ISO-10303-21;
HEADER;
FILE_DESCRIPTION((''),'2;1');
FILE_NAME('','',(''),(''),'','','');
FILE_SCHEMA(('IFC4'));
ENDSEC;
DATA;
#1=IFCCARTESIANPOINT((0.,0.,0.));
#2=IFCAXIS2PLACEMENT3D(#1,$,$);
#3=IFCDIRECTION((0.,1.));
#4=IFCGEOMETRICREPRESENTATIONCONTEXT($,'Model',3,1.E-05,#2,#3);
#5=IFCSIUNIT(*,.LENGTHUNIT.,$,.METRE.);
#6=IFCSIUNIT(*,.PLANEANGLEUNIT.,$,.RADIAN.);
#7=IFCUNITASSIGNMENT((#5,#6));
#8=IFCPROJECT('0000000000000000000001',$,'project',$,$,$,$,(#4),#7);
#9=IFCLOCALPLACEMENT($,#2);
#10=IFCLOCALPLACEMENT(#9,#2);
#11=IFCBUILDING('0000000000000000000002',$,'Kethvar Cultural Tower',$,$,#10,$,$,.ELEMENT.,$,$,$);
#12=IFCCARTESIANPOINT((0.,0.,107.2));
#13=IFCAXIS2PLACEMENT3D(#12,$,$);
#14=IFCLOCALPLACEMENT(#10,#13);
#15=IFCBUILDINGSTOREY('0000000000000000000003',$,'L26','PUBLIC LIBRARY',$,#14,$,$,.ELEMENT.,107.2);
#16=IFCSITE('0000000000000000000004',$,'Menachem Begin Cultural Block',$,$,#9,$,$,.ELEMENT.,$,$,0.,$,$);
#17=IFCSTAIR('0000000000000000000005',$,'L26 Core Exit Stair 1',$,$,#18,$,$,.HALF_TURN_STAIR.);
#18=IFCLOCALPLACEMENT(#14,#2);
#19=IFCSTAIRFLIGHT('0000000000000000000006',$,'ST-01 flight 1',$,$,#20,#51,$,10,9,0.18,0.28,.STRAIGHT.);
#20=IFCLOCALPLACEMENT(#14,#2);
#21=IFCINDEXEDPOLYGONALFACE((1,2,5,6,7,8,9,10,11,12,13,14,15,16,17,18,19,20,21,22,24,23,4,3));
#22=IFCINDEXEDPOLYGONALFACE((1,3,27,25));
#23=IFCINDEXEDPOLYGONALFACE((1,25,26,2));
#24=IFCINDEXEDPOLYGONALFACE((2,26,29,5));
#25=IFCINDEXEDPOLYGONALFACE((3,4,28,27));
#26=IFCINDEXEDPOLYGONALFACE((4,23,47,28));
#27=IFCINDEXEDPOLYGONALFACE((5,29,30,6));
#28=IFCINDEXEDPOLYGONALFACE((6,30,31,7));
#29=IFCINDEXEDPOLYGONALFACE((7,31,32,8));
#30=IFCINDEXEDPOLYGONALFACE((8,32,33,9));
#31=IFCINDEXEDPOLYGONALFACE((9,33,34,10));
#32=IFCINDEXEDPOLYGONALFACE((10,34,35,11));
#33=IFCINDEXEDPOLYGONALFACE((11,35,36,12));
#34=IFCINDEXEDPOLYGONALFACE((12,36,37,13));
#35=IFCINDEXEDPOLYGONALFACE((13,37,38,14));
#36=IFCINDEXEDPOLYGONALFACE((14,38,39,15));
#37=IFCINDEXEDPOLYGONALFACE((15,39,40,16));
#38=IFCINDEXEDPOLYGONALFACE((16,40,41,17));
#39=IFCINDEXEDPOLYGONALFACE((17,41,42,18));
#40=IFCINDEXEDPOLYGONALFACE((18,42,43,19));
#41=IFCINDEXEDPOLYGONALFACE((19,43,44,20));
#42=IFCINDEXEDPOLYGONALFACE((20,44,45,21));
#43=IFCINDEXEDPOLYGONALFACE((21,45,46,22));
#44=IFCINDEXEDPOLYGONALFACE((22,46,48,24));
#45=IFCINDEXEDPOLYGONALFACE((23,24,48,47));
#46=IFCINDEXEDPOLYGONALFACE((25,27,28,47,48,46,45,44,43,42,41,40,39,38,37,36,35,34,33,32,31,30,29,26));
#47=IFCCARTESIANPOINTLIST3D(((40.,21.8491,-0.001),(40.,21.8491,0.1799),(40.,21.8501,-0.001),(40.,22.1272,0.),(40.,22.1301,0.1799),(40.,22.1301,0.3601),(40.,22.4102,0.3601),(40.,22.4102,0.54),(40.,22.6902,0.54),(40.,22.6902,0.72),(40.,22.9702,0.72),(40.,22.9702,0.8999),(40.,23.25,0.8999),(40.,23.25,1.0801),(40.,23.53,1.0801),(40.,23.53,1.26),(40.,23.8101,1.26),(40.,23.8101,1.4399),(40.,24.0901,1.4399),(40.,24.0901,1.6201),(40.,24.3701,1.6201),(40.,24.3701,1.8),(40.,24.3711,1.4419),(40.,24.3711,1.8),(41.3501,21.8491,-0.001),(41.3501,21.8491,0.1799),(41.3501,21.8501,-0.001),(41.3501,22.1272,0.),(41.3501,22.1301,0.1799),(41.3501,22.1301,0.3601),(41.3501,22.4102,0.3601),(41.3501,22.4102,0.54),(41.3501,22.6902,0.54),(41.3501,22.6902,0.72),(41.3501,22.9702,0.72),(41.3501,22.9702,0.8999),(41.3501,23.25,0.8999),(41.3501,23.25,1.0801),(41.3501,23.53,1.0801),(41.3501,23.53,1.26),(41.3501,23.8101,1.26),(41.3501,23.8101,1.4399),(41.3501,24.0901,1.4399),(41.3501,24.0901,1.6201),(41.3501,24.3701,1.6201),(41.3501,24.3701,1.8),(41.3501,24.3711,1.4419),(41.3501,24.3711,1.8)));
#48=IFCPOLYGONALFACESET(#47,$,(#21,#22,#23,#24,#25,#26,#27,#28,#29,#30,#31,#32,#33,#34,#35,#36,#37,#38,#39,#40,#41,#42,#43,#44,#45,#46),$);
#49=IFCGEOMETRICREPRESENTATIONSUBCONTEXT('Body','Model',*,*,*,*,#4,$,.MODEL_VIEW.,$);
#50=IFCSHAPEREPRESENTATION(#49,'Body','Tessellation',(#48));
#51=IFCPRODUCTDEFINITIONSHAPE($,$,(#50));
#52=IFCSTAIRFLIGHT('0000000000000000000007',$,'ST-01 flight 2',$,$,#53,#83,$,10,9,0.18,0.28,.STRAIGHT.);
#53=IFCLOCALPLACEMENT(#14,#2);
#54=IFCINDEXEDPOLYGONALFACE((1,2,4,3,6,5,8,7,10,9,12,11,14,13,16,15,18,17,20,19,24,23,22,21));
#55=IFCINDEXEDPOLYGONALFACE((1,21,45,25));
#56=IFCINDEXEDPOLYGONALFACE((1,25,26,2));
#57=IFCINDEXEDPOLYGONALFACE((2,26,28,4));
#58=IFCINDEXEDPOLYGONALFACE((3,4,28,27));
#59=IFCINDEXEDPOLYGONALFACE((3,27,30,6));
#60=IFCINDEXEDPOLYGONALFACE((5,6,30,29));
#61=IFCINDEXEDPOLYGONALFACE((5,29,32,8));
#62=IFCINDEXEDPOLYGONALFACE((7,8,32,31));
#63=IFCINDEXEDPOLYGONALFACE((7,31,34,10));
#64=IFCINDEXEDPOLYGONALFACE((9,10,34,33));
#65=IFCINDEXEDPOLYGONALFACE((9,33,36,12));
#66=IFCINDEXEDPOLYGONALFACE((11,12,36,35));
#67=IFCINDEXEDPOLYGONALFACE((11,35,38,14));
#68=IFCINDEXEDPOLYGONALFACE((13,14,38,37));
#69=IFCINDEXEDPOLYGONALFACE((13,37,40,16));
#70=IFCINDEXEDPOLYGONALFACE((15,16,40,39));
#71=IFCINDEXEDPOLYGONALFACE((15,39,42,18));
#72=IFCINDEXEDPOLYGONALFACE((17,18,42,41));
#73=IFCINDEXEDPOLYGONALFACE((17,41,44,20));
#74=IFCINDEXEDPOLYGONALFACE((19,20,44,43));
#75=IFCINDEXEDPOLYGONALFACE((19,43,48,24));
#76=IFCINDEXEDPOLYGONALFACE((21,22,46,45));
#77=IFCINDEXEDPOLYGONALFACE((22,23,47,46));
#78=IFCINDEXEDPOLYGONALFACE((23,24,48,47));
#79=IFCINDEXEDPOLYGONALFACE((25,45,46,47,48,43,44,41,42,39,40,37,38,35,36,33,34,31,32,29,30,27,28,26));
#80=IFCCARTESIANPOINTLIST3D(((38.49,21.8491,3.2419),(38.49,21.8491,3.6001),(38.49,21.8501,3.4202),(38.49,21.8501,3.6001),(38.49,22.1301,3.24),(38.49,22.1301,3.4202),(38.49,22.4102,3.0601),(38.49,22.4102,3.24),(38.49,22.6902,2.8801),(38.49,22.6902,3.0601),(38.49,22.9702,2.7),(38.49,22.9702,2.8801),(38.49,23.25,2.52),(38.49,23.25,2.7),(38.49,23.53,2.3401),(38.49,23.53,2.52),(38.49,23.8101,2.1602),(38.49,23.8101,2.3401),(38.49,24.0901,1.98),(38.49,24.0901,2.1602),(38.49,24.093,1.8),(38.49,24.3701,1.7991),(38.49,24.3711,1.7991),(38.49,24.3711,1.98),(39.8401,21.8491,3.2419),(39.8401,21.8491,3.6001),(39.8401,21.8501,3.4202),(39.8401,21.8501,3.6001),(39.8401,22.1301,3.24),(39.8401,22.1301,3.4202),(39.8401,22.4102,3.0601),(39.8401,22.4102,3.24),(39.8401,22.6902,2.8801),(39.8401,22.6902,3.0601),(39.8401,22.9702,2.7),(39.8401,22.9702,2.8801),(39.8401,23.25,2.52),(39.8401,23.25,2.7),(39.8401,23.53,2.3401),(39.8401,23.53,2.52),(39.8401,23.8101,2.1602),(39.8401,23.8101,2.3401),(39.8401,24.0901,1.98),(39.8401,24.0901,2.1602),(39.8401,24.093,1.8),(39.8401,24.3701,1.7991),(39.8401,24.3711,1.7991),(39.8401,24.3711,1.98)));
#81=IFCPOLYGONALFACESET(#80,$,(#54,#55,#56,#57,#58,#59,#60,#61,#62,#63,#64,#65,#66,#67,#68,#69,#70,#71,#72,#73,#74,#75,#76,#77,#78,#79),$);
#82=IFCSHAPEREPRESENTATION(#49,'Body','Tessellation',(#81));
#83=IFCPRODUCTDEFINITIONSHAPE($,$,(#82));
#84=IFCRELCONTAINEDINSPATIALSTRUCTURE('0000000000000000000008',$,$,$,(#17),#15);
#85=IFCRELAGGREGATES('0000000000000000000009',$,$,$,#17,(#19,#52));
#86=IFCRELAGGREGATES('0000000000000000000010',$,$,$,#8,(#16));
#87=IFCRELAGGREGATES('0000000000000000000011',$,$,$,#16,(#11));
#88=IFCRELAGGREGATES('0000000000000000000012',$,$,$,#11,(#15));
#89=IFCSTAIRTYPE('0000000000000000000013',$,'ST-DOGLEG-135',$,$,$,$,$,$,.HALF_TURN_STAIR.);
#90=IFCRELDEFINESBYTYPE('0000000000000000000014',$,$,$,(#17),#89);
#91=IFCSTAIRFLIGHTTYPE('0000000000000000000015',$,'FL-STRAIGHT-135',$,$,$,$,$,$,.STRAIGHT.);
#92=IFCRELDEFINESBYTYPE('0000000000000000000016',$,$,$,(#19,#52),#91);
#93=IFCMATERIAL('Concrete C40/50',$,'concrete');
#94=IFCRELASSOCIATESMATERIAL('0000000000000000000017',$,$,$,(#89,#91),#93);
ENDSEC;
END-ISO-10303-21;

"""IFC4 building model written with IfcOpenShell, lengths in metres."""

from ifc_helpers import new_model, si_unit, direction, frame, origin, place, context, subcontext, project, spatial, polyline, outline, extrude, material, type_object, element, aggregate, save


model = new_model("IFC4")

# Units and contexts
model_context = context("Model", 3, precision=1e-05, world=origin(), true_north=direction((0.0, 1.0)))
body_context = subcontext(model_context, "Body", "Model", "MODEL_VIEW")
ifc_project = project(units=[si_unit("LENGTHUNIT", "METRE"), si_unit("PLANEANGLEUNIT", "RADIAN")], contexts=[model_context])

# Site, building, storey
site_placement = place(None, origin())
site = spatial("IfcSite", under=ifc_project, at=site_placement, Name="Menachem Begin Cultural Block", CompositionType="ELEMENT", RefElevation=0.0)
building_placement = place(site_placement, origin())
building = spatial("IfcBuilding", under=site, at=building_placement, Name="Kethvar Cultural Tower", CompositionType="ELEMENT")
storey_placement = place(building_placement, frame((0.0, 0.0, 107.2)))
storey = spatial("IfcBuildingStorey", under=building, at=storey_placement, Name="L26", Description="PUBLIC LIBRARY", CompositionType="ELEMENT", Elevation=107.2)

# Stair, stair flights
ifc_material_1 = material(Name="Concrete C40/50", Category="concrete")
stair_type = type_object("IfcStairType", Name="ST-DOGLEG-135", PredefinedType="HALF_TURN_STAIR", material=ifc_material_1)
stair_placement = place(storey_placement, origin())
stair = element("IfcStair", 1, at=stair_placement, inside=storey, type_object=stair_type, Name="L26 Core Exit Stair 1", PredefinedType="HALF_TURN_STAIR")
stair_flight_type = type_object("IfcStairFlightType", Name="FL-STRAIGHT-135", PredefinedType="STRAIGHT", material=ifc_material_1)
stair_flight_1_placement = place(storey_placement, frame((40.675, 21.8501, 0.0), z_axis=(0.0, 0.0, 1.0), x_axis=(0.0, 1.0, 0.0)))
stair_flight_1 = element("IfcStairFlight", 2, at=stair_flight_1_placement, type_object=stair_flight_type, Name="ST-01 flight 1", NumberOfRisers=10, NumberOfTreads=9, PredefinedType="STRAIGHT", RiserHeight=0.18, TreadLength=0.28, context=body_context, shape_type="SweptSolid", body=[
    extrude(outline(polyline([(-0.001, -0.001), (-0.001, 0.1799), (0.28, 0.1799), (0.28, 0.3601), (0.5601, 0.3601), (0.5601, 0.54), (0.8401, 0.54), (0.8401, 0.72), (1.1201, 0.72), (1.1201, 0.8999), (1.3999, 0.8999), (1.3999, 1.0801), (1.6799, 1.0801), (1.6799, 1.26), (1.96, 1.26), (1.96, 1.4399), (2.24, 1.4399), (2.24, 1.6201), (2.52, 1.6201), (2.52, 1.8), (2.521, 1.8), (2.521, 1.4419), (0.2771, 0.0), (0.0, -0.001), (-0.001, -0.001)])), frame((0.0, 0.675, 0.0), z_axis=(0.0, -1.0, 0.0), x_axis=(1.0, 0.0, 0.0)), (0.0, 0.0, 1.0), 1.3501),
])
stair_flight_2_placement = place(storey_placement, frame((39.165, 24.3701, 1.8), z_axis=(0.0, 0.0, 1.0), x_axis=(0.0, -1.0, 0.0)))
stair_flight_2 = element("IfcStairFlight", 3, at=stair_flight_2_placement, type_object=stair_flight_type, Name="ST-01 flight 2", NumberOfRisers=10, NumberOfTreads=9, PredefinedType="STRAIGHT", RiserHeight=0.18, TreadLength=0.28, context=body_context, shape_type="SweptSolid", body=[
    extrude(outline(polyline([(-0.001, -0.001), (-0.001, 0.1799), (0.28, 0.1799), (0.28, 0.3601), (0.5601, 0.3601), (0.5601, 0.54), (0.8401, 0.54), (0.8401, 0.72), (1.1201, 0.72), (1.1201, 0.8999), (1.3999, 0.8999), (1.3999, 1.0801), (1.6799, 1.0801), (1.6799, 1.26), (1.96, 1.26), (1.96, 1.4399), (2.24, 1.4399), (2.24, 1.6201), (2.52, 1.6201), (2.52, 1.8), (2.521, 1.8), (2.521, 1.4419), (0.2771, 0.0), (0.0, -0.001), (-0.001, -0.001)])), frame((0.0, 0.675, 0.0), z_axis=(0.0, -1.0, 0.0), x_axis=(1.0, 0.0, 0.0)), (0.0, 0.0, 1.0), 1.3501),
])
aggregate(stair, [stair_flight_1, stair_flight_2])

save(model, "model.ifc")
